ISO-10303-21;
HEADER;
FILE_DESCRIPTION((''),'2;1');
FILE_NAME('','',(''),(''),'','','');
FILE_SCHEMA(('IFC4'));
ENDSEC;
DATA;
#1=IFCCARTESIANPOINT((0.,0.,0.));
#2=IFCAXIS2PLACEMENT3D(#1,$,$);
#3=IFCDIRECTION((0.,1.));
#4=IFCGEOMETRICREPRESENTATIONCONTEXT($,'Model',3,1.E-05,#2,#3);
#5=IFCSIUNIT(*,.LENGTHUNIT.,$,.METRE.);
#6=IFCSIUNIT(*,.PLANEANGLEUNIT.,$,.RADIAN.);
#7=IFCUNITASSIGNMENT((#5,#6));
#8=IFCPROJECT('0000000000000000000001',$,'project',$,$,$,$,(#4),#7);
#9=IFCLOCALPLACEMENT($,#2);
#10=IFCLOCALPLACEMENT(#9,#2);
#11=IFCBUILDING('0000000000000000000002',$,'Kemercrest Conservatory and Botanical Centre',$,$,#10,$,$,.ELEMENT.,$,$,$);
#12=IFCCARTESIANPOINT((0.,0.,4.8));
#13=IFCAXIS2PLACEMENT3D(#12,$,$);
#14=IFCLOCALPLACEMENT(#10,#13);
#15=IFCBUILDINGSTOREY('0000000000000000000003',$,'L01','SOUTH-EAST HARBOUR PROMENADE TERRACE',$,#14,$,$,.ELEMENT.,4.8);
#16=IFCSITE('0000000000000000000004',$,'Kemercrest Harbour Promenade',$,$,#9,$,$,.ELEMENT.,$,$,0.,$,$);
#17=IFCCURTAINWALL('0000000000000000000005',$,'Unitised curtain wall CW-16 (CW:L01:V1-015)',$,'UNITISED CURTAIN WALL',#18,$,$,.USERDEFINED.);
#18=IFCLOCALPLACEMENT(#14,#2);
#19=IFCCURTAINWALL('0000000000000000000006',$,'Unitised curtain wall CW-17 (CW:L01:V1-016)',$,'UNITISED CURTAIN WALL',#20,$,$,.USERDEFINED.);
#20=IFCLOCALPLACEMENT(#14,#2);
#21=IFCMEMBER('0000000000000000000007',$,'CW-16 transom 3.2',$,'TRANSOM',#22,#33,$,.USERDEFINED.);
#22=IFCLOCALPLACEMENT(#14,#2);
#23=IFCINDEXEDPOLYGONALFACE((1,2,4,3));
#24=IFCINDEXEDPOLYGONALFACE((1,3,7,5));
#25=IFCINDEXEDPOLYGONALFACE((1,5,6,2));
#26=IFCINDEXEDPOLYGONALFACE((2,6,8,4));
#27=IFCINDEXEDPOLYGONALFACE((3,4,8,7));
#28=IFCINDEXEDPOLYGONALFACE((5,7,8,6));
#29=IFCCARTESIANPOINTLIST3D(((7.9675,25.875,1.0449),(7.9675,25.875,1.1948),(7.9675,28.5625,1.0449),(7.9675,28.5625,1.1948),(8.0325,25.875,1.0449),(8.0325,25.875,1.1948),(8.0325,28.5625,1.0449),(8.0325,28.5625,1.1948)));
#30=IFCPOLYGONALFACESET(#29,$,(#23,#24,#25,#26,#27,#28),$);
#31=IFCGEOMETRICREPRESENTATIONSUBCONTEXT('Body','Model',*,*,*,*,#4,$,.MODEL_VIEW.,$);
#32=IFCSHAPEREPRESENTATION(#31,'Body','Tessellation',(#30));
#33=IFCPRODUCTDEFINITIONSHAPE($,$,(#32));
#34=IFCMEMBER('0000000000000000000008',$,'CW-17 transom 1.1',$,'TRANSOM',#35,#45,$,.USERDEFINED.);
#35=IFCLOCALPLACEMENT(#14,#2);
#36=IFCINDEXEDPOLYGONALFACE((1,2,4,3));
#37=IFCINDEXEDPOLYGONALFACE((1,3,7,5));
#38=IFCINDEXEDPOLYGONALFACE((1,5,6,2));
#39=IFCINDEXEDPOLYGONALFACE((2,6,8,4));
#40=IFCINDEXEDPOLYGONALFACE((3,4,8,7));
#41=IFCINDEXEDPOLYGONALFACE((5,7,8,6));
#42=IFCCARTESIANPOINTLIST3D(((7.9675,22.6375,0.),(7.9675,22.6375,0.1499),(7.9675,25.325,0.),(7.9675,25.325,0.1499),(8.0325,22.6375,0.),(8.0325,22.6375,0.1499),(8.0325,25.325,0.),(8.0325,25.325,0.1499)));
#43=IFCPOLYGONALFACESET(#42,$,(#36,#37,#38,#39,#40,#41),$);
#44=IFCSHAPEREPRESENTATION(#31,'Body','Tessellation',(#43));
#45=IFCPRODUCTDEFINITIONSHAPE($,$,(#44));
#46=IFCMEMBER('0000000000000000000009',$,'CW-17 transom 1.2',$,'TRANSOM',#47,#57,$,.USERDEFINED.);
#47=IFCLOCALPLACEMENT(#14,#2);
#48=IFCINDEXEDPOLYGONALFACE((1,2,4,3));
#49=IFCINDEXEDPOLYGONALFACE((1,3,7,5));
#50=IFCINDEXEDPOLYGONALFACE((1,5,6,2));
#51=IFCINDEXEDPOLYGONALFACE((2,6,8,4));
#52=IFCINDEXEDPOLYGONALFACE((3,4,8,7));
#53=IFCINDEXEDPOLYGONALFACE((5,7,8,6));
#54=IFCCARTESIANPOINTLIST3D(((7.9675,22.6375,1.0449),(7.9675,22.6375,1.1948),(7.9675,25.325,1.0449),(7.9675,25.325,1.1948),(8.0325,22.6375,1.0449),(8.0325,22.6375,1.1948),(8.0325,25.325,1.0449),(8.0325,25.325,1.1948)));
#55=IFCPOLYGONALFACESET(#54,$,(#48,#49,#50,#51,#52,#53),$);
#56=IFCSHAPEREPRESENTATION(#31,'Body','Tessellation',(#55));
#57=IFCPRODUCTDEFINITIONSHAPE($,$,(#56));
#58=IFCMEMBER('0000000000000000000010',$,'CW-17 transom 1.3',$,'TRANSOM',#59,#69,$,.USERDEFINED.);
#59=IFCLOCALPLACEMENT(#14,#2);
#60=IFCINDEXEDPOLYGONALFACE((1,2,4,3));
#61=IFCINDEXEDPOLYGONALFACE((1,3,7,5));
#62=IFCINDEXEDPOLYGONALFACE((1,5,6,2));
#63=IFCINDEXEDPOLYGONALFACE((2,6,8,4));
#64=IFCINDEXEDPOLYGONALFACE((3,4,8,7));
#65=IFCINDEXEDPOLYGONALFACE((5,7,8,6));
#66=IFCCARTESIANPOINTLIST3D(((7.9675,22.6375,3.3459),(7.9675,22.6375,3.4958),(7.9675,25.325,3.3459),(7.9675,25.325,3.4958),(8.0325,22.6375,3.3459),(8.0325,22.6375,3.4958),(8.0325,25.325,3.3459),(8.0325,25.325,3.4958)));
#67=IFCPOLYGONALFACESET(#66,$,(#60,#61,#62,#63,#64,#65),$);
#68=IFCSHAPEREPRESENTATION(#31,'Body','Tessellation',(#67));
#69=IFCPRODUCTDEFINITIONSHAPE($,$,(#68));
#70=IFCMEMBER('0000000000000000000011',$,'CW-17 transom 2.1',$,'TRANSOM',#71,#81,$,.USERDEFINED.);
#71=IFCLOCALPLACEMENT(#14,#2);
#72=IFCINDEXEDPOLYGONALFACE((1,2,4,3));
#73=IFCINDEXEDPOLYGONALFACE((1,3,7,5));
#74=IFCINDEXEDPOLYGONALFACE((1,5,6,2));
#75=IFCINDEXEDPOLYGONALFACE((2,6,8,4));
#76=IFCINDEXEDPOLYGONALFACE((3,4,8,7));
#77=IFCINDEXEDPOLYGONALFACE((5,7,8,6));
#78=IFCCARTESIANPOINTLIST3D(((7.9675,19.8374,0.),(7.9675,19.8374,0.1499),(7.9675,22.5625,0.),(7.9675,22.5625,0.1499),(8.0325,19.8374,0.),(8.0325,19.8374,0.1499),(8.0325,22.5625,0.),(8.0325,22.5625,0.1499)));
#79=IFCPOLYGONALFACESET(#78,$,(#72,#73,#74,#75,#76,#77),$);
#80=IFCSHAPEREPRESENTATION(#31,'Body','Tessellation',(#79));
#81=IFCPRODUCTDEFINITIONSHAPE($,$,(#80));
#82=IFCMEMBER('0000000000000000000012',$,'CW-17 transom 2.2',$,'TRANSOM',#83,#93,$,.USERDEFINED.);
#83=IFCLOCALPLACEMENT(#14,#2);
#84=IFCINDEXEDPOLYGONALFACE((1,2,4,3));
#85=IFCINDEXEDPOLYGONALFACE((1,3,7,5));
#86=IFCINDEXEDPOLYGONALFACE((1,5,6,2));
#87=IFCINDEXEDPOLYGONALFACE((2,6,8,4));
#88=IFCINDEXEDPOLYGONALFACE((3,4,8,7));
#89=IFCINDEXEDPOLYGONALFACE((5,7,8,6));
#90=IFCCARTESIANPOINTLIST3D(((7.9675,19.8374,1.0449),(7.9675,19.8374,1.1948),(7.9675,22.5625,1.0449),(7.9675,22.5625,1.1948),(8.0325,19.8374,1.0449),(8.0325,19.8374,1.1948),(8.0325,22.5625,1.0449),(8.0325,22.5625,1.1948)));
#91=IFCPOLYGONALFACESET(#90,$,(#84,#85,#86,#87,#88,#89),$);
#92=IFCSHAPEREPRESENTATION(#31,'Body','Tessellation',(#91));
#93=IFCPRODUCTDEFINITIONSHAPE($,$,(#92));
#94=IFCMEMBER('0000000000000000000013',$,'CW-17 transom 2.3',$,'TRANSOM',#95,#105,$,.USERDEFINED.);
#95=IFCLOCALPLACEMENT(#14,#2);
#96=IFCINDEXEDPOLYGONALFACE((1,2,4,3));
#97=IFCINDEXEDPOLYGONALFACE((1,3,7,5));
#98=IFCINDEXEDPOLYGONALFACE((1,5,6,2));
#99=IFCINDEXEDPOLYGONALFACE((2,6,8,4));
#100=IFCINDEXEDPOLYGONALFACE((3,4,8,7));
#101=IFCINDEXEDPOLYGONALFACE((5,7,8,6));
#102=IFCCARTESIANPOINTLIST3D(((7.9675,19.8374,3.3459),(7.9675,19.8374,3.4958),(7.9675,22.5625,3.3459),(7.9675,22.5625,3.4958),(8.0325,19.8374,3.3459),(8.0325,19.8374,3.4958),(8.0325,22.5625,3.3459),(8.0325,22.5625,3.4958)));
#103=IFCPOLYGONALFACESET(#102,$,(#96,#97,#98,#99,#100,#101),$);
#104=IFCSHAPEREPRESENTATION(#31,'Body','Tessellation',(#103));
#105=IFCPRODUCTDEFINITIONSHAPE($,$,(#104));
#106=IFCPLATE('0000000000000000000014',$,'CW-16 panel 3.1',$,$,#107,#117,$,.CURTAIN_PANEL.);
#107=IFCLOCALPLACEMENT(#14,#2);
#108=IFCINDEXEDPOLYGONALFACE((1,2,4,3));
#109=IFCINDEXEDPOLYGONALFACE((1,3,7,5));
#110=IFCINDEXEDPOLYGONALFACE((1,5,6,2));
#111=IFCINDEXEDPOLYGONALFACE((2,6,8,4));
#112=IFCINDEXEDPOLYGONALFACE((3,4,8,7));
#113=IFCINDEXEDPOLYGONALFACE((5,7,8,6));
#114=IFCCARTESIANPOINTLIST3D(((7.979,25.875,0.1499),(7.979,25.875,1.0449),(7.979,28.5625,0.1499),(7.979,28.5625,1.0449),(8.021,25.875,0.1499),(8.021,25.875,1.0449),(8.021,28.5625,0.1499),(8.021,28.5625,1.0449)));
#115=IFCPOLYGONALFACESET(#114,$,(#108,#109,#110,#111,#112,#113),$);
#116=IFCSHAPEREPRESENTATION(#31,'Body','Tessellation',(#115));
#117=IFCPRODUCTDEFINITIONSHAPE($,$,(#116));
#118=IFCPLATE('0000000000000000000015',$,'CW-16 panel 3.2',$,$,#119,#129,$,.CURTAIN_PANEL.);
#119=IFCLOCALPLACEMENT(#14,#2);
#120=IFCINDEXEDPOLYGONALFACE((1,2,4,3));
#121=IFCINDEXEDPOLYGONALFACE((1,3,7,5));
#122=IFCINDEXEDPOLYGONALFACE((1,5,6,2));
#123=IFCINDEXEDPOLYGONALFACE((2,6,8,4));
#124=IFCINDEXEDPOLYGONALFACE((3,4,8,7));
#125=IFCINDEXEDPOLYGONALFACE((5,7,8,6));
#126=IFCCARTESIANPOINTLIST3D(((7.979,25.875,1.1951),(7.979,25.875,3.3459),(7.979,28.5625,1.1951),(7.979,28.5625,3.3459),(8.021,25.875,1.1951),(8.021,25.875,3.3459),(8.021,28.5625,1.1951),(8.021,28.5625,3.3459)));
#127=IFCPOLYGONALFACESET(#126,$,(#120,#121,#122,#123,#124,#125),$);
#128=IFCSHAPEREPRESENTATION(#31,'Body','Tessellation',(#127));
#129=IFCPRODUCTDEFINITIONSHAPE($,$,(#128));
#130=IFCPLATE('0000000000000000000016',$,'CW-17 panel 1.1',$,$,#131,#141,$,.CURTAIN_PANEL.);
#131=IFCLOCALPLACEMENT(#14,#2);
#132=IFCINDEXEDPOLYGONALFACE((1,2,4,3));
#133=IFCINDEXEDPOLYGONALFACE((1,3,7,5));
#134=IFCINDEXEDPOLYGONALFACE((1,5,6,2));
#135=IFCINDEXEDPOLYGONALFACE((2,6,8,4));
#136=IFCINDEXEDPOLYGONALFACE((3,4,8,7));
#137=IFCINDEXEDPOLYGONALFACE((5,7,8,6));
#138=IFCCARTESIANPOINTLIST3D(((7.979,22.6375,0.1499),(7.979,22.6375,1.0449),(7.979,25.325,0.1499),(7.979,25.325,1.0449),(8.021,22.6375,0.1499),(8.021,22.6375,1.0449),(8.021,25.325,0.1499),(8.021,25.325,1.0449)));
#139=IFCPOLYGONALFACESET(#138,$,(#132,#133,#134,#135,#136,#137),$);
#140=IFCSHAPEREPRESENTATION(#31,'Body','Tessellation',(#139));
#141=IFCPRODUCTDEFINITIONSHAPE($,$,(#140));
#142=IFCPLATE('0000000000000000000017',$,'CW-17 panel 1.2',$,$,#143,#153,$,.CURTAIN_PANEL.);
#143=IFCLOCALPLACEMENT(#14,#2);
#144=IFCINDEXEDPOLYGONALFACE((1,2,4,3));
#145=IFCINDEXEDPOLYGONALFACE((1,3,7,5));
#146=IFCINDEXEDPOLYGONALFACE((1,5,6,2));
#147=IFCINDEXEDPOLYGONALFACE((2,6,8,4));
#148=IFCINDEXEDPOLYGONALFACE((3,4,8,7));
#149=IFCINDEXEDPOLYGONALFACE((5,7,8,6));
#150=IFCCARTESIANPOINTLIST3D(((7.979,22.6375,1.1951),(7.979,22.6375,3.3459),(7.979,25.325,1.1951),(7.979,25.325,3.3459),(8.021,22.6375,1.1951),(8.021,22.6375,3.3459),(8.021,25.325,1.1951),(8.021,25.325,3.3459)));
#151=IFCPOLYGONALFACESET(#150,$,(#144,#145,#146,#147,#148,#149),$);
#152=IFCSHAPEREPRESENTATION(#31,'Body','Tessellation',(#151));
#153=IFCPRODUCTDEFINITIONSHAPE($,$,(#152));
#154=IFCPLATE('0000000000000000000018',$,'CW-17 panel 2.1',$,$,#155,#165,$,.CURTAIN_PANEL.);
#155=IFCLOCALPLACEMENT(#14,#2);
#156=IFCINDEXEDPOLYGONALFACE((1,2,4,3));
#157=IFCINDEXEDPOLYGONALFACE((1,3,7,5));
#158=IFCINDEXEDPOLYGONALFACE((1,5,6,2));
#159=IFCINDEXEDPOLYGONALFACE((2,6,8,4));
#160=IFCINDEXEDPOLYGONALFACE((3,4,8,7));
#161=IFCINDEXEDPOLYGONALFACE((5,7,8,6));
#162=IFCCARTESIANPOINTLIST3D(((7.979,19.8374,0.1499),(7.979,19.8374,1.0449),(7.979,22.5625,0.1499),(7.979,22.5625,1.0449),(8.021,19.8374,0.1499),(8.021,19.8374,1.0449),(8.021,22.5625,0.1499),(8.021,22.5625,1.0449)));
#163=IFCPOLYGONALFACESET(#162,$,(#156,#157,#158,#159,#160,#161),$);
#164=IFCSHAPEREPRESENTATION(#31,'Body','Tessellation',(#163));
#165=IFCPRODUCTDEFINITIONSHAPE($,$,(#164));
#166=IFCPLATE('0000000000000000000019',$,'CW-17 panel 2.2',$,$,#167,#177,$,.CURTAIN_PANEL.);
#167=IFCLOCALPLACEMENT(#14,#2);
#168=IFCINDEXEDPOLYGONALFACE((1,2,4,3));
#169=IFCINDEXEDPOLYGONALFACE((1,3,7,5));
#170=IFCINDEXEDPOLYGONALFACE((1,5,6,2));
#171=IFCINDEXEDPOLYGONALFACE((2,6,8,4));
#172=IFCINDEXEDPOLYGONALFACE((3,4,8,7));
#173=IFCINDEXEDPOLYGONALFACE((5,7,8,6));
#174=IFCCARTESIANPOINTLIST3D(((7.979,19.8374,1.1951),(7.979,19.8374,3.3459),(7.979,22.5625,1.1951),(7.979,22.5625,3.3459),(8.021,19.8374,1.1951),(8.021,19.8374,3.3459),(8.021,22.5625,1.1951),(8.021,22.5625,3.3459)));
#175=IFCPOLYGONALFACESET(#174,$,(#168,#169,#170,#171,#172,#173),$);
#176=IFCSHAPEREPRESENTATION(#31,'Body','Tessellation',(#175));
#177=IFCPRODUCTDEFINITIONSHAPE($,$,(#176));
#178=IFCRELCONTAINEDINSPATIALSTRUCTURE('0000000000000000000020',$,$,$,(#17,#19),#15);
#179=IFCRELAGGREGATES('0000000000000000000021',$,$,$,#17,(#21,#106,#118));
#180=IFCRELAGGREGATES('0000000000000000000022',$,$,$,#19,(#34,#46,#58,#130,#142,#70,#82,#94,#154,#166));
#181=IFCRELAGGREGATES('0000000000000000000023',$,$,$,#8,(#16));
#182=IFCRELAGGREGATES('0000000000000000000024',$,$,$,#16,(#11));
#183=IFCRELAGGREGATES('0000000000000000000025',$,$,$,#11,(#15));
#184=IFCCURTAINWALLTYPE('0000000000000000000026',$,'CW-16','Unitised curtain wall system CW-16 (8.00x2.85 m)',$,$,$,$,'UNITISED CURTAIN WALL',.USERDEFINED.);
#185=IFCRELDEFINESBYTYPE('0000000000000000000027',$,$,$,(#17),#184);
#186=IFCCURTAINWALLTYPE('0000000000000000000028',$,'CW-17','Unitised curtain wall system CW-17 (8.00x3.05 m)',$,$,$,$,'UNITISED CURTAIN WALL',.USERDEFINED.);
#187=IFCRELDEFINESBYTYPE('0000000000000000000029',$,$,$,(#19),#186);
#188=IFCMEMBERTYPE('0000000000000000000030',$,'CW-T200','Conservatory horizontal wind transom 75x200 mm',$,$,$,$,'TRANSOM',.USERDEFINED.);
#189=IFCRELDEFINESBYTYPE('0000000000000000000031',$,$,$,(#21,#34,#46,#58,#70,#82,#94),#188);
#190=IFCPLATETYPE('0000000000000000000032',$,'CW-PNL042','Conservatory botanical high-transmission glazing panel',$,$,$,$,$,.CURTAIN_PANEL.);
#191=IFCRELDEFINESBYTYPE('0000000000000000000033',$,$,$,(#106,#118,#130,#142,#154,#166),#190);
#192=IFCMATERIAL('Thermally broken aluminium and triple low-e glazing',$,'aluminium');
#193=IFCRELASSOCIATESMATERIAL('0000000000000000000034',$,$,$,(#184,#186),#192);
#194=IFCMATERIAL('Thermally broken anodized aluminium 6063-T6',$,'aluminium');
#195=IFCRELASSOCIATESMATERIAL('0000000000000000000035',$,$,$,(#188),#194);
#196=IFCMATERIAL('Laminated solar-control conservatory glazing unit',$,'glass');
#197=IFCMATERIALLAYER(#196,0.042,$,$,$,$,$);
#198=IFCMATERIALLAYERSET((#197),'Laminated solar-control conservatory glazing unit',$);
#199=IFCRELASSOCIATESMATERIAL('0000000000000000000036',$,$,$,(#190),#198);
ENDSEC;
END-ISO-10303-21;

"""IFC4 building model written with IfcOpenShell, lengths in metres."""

from ifc_helpers import new_model, si_unit, direction, frame, origin, origin_2d, place, context, subcontext, project, spatial, rectangle, extrude, material, layer, layer_set, material_profile, profile_set, type_object, element, aggregate, save


model = new_model("IFC4")

# Units and contexts
model_context = context("Model", 3, precision=1e-05, world=origin(), true_north=direction((0.0, 1.0)))
body_context = subcontext(model_context, "Body", "Model", "MODEL_VIEW")
ifc_project = project(units=[si_unit("LENGTHUNIT", "METRE"), si_unit("PLANEANGLEUNIT", "RADIAN")], contexts=[model_context])

# Site, building, storey
site_placement = place(None, origin())
site = spatial("IfcSite", under=ifc_project, at=site_placement, Name="Kemercrest Harbour Promenade", CompositionType="ELEMENT", RefElevation=0.0)
building_placement = place(site_placement, origin())
building = spatial("IfcBuilding", under=site, at=building_placement, Name="Kemercrest Conservatory and Botanical Centre", CompositionType="ELEMENT")
storey_placement = place(building_placement, frame((0.0, 0.0, 4.8)))
storey = spatial("IfcBuildingStorey", under=building, at=storey_placement, Name="L01", Description="SOUTH-EAST HARBOUR PROMENADE TERRACE", CompositionType="ELEMENT", Elevation=4.8)

# Curtain wall
ifc_material_1 = material(Name="Thermally broken aluminium and triple low-e glazing", Category="aluminium")
curtain_wall_type_1 = type_object("IfcCurtainWallType", Name="CW-16", Description="Unitised curtain wall system CW-16 (8.00x2.85 m)", ElementType="UNITISED CURTAIN WALL", PredefinedType="USERDEFINED", material=ifc_material_1)
curtain_wall_1_placement = place(storey_placement, origin())
curtain_wall_1 = element("IfcCurtainWall", 1, at=curtain_wall_1_placement, inside=storey, type_object=curtain_wall_type_1, Name="Unitised curtain wall CW-16 (CW:L01:V1-015)", ObjectType="UNITISED CURTAIN WALL", PredefinedType="USERDEFINED")
ifc_material_2 = material(Name="Thermally broken anodized aluminium 6063-T6", Category="aluminium")

# Curtain wall
curtain_wall_type_2 = type_object("IfcCurtainWallType", Name="CW-17", Description="Unitised curtain wall system CW-17 (8.00x3.05 m)", ElementType="UNITISED CURTAIN WALL", PredefinedType="USERDEFINED", material=ifc_material_1)
curtain_wall_2_placement = place(storey_placement, origin())
curtain_wall_2 = element("IfcCurtainWall", 2, at=curtain_wall_2_placement, inside=storey, type_object=curtain_wall_type_2, Name="Unitised curtain wall CW-17 (CW:L01:V1-016)", ObjectType="UNITISED CURTAIN WALL", PredefinedType="USERDEFINED")

# Members
ifc_material_profile_1 = material_profile(ifc_material_2, rectangle(XDim=0.0649, YDim=0.1499, at=origin_2d()), Name="AL TRANSOM 65x150")
ifc_profile_set_1 = profile_set([ifc_material_profile_1], Name="Thermally broken anodized aluminium 6063-T6")
member_type_1 = type_object("IfcMemberType", Name="CW-T200", Description="Conservatory horizontal wind transom 75x200 mm", ElementType="TRANSOM", PredefinedType="USERDEFINED", material=ifc_profile_set_1)
member_1_placement = place(storey_placement, frame((8.0, 28.5625, 1.1199), z_axis=(0.0, -1.0, 0.0), x_axis=(1.0, 0.0, 0.0)))
member_1 = element("IfcMember", 3, at=member_1_placement, type_object=member_type_1, Name="CW-16 transom 3.2", ObjectType="TRANSOM", PredefinedType="USERDEFINED", context=body_context, shape_type="SweptSolid", body=[
    extrude(rectangle(XDim=0.0649, YDim=0.1499, at=origin_2d()), origin(), (0.0, 0.0, 1.0), 2.6875),
])
member_2_placement = place(storey_placement, frame((8.0, 25.325, 0.075), z_axis=(0.0, -1.0, 0.0), x_axis=(1.0, 0.0, 0.0)))
member_2 = element("IfcMember", 4, at=member_2_placement, type_object=member_type_1, Name="CW-17 transom 1.1", ObjectType="TRANSOM", PredefinedType="USERDEFINED", context=body_context, shape_type="SweptSolid", body=[
    extrude(rectangle(XDim=0.0649, YDim=0.1499, at=origin_2d()), origin(), (0.0, 0.0, 1.0), 2.6875),
])
member_3_placement = place(storey_placement, frame((8.0, 25.325, 1.1199), z_axis=(0.0, -1.0, 0.0), x_axis=(1.0, 0.0, 0.0)))
member_3 = element("IfcMember", 5, at=member_3_placement, type_object=member_type_1, Name="CW-17 transom 1.2", ObjectType="TRANSOM", PredefinedType="USERDEFINED", context=body_context, shape_type="SweptSolid", body=[
    extrude(rectangle(XDim=0.0649, YDim=0.1499, at=origin_2d()), origin(), (0.0, 0.0, 1.0), 2.6875),
])
member_4_placement = place(storey_placement, frame((8.0, 25.325, 3.4209), z_axis=(0.0, -1.0, 0.0), x_axis=(1.0, 0.0, 0.0)))
member_4 = element("IfcMember", 6, at=member_4_placement, type_object=member_type_1, Name="CW-17 transom 1.3", ObjectType="TRANSOM", PredefinedType="USERDEFINED", context=body_context, shape_type="SweptSolid", body=[
    extrude(rectangle(XDim=0.0649, YDim=0.1499, at=origin_2d()), origin(), (0.0, 0.0, 1.0), 2.6875),
])
member_5_placement = place(storey_placement, frame((8.0, 22.5625, 0.075), z_axis=(0.0, -1.0, 0.0), x_axis=(1.0, 0.0, 0.0)))
member_5 = element("IfcMember", 7, at=member_5_placement, type_object=member_type_1, Name="CW-17 transom 2.1", ObjectType="TRANSOM", PredefinedType="USERDEFINED", context=body_context, shape_type="SweptSolid", body=[
    extrude(rectangle(XDim=0.0649, YDim=0.1499, at=origin_2d()), origin(), (0.0, 0.0, 1.0), 2.7251),
])
member_6_placement = place(storey_placement, frame((8.0, 22.5625, 1.1199), z_axis=(0.0, -1.0, 0.0), x_axis=(1.0, 0.0, 0.0)))
member_6 = element("IfcMember", 8, at=member_6_placement, type_object=member_type_1, Name="CW-17 transom 2.2", ObjectType="TRANSOM", PredefinedType="USERDEFINED", context=body_context, shape_type="SweptSolid", body=[
    extrude(rectangle(XDim=0.0649, YDim=0.1499, at=origin_2d()), origin(), (0.0, 0.0, 1.0), 2.7251),
])
member_7_placement = place(storey_placement, frame((8.0, 22.5625, 3.4209), z_axis=(0.0, -1.0, 0.0), x_axis=(1.0, 0.0, 0.0)))
member_7 = element("IfcMember", 9, at=member_7_placement, type_object=member_type_1, Name="CW-17 transom 2.3", ObjectType="TRANSOM", PredefinedType="USERDEFINED", context=body_context, shape_type="SweptSolid", body=[
    extrude(rectangle(XDim=0.0649, YDim=0.1499, at=origin_2d()), origin(), (0.0, 0.0, 1.0), 2.7251),
])

# Plates
ifc_material_3 = material(Name="Laminated solar-control conservatory glazing unit", Category="glass")
ifc_layer = layer(ifc_material_3, 0.042)
ifc_layer_set = layer_set([ifc_layer], Name="Laminated solar-control conservatory glazing unit")
plate_type = type_object("IfcPlateType", Name="CW-PNL042", Description="Conservatory botanical high-transmission glazing panel", PredefinedType="CURTAIN_PANEL", material=ifc_layer_set)
plate_1_placement = place(storey_placement, frame((8.0, 27.2188, 0.1499), z_axis=(0.0, 0.0, 1.0), x_axis=(0.0, -1.0, 0.0)))
plate_1 = element("IfcPlate", 10, at=plate_1_placement, type_object=plate_type, Name="CW-16 panel 3.1", PredefinedType="CURTAIN_PANEL", context=body_context, shape_type="SweptSolid", body=[
    extrude(rectangle(XDim=2.6875, YDim=0.042, at=origin_2d()), origin(), (0.0, 0.0, 1.0), 0.895),
])
plate_2_placement = place(storey_placement, frame((8.0, 27.2188, 1.1951), z_axis=(0.0, 0.0, 1.0), x_axis=(0.0, -1.0, 0.0)))
plate_2 = element("IfcPlate", 11, at=plate_2_placement, type_object=plate_type, Name="CW-16 panel 3.2", PredefinedType="CURTAIN_PANEL", context=body_context, shape_type="SweptSolid", body=[
    extrude(rectangle(XDim=2.6875, YDim=0.042, at=origin_2d()), origin(), (0.0, 0.0, 1.0), 2.1509),
])
aggregate(curtain_wall_1, [member_1, plate_1, plate_2])
plate_3_placement = place(storey_placement, frame((8.0, 23.9812, 0.1499), z_axis=(0.0, 0.0, 1.0), x_axis=(0.0, -1.0, 0.0)))
plate_3 = element("IfcPlate", 12, at=plate_3_placement, type_object=plate_type, Name="CW-17 panel 1.1", PredefinedType="CURTAIN_PANEL", context=body_context, shape_type="SweptSolid", body=[
    extrude(rectangle(XDim=2.6875, YDim=0.042, at=origin_2d()), origin(), (0.0, 0.0, 1.0), 0.895),
])
plate_4_placement = place(storey_placement, frame((8.0, 23.9812, 1.1951), z_axis=(0.0, 0.0, 1.0), x_axis=(0.0, -1.0, 0.0)))
plate_4 = element("IfcPlate", 13, at=plate_4_placement, type_object=plate_type, Name="CW-17 panel 1.2", PredefinedType="CURTAIN_PANEL", context=body_context, shape_type="SweptSolid", body=[
    extrude(rectangle(XDim=2.6875, YDim=0.042, at=origin_2d()), origin(), (0.0, 0.0, 1.0), 2.1509),
])
plate_5_placement = place(storey_placement, frame((8.0, 21.2, 0.1499), z_axis=(0.0, 0.0, 1.0), x_axis=(0.0, -1.0, 0.0)))
plate_5 = element("IfcPlate", 14, at=plate_5_placement, type_object=plate_type, Name="CW-17 panel 2.1", PredefinedType="CURTAIN_PANEL", context=body_context, shape_type="SweptSolid", body=[
    extrude(rectangle(XDim=2.7251, YDim=0.042, at=origin_2d()), origin(), (0.0, 0.0, 1.0), 0.895),
])
plate_6_placement = place(storey_placement, frame((8.0, 21.2, 1.1951), z_axis=(0.0, 0.0, 1.0), x_axis=(0.0, -1.0, 0.0)))
plate_6 = element("IfcPlate", 15, at=plate_6_placement, type_object=plate_type, Name="CW-17 panel 2.2", PredefinedType="CURTAIN_PANEL", context=body_context, shape_type="SweptSolid", body=[
    extrude(rectangle(XDim=2.7251, YDim=0.042, at=origin_2d()), origin(), (0.0, 0.0, 1.0), 2.1509),
])
aggregate(curtain_wall_2, [member_2, member_3, member_4, plate_3, plate_4, member_5, member_6, member_7, plate_5, plate_6])

save(model, "model.ifc")
